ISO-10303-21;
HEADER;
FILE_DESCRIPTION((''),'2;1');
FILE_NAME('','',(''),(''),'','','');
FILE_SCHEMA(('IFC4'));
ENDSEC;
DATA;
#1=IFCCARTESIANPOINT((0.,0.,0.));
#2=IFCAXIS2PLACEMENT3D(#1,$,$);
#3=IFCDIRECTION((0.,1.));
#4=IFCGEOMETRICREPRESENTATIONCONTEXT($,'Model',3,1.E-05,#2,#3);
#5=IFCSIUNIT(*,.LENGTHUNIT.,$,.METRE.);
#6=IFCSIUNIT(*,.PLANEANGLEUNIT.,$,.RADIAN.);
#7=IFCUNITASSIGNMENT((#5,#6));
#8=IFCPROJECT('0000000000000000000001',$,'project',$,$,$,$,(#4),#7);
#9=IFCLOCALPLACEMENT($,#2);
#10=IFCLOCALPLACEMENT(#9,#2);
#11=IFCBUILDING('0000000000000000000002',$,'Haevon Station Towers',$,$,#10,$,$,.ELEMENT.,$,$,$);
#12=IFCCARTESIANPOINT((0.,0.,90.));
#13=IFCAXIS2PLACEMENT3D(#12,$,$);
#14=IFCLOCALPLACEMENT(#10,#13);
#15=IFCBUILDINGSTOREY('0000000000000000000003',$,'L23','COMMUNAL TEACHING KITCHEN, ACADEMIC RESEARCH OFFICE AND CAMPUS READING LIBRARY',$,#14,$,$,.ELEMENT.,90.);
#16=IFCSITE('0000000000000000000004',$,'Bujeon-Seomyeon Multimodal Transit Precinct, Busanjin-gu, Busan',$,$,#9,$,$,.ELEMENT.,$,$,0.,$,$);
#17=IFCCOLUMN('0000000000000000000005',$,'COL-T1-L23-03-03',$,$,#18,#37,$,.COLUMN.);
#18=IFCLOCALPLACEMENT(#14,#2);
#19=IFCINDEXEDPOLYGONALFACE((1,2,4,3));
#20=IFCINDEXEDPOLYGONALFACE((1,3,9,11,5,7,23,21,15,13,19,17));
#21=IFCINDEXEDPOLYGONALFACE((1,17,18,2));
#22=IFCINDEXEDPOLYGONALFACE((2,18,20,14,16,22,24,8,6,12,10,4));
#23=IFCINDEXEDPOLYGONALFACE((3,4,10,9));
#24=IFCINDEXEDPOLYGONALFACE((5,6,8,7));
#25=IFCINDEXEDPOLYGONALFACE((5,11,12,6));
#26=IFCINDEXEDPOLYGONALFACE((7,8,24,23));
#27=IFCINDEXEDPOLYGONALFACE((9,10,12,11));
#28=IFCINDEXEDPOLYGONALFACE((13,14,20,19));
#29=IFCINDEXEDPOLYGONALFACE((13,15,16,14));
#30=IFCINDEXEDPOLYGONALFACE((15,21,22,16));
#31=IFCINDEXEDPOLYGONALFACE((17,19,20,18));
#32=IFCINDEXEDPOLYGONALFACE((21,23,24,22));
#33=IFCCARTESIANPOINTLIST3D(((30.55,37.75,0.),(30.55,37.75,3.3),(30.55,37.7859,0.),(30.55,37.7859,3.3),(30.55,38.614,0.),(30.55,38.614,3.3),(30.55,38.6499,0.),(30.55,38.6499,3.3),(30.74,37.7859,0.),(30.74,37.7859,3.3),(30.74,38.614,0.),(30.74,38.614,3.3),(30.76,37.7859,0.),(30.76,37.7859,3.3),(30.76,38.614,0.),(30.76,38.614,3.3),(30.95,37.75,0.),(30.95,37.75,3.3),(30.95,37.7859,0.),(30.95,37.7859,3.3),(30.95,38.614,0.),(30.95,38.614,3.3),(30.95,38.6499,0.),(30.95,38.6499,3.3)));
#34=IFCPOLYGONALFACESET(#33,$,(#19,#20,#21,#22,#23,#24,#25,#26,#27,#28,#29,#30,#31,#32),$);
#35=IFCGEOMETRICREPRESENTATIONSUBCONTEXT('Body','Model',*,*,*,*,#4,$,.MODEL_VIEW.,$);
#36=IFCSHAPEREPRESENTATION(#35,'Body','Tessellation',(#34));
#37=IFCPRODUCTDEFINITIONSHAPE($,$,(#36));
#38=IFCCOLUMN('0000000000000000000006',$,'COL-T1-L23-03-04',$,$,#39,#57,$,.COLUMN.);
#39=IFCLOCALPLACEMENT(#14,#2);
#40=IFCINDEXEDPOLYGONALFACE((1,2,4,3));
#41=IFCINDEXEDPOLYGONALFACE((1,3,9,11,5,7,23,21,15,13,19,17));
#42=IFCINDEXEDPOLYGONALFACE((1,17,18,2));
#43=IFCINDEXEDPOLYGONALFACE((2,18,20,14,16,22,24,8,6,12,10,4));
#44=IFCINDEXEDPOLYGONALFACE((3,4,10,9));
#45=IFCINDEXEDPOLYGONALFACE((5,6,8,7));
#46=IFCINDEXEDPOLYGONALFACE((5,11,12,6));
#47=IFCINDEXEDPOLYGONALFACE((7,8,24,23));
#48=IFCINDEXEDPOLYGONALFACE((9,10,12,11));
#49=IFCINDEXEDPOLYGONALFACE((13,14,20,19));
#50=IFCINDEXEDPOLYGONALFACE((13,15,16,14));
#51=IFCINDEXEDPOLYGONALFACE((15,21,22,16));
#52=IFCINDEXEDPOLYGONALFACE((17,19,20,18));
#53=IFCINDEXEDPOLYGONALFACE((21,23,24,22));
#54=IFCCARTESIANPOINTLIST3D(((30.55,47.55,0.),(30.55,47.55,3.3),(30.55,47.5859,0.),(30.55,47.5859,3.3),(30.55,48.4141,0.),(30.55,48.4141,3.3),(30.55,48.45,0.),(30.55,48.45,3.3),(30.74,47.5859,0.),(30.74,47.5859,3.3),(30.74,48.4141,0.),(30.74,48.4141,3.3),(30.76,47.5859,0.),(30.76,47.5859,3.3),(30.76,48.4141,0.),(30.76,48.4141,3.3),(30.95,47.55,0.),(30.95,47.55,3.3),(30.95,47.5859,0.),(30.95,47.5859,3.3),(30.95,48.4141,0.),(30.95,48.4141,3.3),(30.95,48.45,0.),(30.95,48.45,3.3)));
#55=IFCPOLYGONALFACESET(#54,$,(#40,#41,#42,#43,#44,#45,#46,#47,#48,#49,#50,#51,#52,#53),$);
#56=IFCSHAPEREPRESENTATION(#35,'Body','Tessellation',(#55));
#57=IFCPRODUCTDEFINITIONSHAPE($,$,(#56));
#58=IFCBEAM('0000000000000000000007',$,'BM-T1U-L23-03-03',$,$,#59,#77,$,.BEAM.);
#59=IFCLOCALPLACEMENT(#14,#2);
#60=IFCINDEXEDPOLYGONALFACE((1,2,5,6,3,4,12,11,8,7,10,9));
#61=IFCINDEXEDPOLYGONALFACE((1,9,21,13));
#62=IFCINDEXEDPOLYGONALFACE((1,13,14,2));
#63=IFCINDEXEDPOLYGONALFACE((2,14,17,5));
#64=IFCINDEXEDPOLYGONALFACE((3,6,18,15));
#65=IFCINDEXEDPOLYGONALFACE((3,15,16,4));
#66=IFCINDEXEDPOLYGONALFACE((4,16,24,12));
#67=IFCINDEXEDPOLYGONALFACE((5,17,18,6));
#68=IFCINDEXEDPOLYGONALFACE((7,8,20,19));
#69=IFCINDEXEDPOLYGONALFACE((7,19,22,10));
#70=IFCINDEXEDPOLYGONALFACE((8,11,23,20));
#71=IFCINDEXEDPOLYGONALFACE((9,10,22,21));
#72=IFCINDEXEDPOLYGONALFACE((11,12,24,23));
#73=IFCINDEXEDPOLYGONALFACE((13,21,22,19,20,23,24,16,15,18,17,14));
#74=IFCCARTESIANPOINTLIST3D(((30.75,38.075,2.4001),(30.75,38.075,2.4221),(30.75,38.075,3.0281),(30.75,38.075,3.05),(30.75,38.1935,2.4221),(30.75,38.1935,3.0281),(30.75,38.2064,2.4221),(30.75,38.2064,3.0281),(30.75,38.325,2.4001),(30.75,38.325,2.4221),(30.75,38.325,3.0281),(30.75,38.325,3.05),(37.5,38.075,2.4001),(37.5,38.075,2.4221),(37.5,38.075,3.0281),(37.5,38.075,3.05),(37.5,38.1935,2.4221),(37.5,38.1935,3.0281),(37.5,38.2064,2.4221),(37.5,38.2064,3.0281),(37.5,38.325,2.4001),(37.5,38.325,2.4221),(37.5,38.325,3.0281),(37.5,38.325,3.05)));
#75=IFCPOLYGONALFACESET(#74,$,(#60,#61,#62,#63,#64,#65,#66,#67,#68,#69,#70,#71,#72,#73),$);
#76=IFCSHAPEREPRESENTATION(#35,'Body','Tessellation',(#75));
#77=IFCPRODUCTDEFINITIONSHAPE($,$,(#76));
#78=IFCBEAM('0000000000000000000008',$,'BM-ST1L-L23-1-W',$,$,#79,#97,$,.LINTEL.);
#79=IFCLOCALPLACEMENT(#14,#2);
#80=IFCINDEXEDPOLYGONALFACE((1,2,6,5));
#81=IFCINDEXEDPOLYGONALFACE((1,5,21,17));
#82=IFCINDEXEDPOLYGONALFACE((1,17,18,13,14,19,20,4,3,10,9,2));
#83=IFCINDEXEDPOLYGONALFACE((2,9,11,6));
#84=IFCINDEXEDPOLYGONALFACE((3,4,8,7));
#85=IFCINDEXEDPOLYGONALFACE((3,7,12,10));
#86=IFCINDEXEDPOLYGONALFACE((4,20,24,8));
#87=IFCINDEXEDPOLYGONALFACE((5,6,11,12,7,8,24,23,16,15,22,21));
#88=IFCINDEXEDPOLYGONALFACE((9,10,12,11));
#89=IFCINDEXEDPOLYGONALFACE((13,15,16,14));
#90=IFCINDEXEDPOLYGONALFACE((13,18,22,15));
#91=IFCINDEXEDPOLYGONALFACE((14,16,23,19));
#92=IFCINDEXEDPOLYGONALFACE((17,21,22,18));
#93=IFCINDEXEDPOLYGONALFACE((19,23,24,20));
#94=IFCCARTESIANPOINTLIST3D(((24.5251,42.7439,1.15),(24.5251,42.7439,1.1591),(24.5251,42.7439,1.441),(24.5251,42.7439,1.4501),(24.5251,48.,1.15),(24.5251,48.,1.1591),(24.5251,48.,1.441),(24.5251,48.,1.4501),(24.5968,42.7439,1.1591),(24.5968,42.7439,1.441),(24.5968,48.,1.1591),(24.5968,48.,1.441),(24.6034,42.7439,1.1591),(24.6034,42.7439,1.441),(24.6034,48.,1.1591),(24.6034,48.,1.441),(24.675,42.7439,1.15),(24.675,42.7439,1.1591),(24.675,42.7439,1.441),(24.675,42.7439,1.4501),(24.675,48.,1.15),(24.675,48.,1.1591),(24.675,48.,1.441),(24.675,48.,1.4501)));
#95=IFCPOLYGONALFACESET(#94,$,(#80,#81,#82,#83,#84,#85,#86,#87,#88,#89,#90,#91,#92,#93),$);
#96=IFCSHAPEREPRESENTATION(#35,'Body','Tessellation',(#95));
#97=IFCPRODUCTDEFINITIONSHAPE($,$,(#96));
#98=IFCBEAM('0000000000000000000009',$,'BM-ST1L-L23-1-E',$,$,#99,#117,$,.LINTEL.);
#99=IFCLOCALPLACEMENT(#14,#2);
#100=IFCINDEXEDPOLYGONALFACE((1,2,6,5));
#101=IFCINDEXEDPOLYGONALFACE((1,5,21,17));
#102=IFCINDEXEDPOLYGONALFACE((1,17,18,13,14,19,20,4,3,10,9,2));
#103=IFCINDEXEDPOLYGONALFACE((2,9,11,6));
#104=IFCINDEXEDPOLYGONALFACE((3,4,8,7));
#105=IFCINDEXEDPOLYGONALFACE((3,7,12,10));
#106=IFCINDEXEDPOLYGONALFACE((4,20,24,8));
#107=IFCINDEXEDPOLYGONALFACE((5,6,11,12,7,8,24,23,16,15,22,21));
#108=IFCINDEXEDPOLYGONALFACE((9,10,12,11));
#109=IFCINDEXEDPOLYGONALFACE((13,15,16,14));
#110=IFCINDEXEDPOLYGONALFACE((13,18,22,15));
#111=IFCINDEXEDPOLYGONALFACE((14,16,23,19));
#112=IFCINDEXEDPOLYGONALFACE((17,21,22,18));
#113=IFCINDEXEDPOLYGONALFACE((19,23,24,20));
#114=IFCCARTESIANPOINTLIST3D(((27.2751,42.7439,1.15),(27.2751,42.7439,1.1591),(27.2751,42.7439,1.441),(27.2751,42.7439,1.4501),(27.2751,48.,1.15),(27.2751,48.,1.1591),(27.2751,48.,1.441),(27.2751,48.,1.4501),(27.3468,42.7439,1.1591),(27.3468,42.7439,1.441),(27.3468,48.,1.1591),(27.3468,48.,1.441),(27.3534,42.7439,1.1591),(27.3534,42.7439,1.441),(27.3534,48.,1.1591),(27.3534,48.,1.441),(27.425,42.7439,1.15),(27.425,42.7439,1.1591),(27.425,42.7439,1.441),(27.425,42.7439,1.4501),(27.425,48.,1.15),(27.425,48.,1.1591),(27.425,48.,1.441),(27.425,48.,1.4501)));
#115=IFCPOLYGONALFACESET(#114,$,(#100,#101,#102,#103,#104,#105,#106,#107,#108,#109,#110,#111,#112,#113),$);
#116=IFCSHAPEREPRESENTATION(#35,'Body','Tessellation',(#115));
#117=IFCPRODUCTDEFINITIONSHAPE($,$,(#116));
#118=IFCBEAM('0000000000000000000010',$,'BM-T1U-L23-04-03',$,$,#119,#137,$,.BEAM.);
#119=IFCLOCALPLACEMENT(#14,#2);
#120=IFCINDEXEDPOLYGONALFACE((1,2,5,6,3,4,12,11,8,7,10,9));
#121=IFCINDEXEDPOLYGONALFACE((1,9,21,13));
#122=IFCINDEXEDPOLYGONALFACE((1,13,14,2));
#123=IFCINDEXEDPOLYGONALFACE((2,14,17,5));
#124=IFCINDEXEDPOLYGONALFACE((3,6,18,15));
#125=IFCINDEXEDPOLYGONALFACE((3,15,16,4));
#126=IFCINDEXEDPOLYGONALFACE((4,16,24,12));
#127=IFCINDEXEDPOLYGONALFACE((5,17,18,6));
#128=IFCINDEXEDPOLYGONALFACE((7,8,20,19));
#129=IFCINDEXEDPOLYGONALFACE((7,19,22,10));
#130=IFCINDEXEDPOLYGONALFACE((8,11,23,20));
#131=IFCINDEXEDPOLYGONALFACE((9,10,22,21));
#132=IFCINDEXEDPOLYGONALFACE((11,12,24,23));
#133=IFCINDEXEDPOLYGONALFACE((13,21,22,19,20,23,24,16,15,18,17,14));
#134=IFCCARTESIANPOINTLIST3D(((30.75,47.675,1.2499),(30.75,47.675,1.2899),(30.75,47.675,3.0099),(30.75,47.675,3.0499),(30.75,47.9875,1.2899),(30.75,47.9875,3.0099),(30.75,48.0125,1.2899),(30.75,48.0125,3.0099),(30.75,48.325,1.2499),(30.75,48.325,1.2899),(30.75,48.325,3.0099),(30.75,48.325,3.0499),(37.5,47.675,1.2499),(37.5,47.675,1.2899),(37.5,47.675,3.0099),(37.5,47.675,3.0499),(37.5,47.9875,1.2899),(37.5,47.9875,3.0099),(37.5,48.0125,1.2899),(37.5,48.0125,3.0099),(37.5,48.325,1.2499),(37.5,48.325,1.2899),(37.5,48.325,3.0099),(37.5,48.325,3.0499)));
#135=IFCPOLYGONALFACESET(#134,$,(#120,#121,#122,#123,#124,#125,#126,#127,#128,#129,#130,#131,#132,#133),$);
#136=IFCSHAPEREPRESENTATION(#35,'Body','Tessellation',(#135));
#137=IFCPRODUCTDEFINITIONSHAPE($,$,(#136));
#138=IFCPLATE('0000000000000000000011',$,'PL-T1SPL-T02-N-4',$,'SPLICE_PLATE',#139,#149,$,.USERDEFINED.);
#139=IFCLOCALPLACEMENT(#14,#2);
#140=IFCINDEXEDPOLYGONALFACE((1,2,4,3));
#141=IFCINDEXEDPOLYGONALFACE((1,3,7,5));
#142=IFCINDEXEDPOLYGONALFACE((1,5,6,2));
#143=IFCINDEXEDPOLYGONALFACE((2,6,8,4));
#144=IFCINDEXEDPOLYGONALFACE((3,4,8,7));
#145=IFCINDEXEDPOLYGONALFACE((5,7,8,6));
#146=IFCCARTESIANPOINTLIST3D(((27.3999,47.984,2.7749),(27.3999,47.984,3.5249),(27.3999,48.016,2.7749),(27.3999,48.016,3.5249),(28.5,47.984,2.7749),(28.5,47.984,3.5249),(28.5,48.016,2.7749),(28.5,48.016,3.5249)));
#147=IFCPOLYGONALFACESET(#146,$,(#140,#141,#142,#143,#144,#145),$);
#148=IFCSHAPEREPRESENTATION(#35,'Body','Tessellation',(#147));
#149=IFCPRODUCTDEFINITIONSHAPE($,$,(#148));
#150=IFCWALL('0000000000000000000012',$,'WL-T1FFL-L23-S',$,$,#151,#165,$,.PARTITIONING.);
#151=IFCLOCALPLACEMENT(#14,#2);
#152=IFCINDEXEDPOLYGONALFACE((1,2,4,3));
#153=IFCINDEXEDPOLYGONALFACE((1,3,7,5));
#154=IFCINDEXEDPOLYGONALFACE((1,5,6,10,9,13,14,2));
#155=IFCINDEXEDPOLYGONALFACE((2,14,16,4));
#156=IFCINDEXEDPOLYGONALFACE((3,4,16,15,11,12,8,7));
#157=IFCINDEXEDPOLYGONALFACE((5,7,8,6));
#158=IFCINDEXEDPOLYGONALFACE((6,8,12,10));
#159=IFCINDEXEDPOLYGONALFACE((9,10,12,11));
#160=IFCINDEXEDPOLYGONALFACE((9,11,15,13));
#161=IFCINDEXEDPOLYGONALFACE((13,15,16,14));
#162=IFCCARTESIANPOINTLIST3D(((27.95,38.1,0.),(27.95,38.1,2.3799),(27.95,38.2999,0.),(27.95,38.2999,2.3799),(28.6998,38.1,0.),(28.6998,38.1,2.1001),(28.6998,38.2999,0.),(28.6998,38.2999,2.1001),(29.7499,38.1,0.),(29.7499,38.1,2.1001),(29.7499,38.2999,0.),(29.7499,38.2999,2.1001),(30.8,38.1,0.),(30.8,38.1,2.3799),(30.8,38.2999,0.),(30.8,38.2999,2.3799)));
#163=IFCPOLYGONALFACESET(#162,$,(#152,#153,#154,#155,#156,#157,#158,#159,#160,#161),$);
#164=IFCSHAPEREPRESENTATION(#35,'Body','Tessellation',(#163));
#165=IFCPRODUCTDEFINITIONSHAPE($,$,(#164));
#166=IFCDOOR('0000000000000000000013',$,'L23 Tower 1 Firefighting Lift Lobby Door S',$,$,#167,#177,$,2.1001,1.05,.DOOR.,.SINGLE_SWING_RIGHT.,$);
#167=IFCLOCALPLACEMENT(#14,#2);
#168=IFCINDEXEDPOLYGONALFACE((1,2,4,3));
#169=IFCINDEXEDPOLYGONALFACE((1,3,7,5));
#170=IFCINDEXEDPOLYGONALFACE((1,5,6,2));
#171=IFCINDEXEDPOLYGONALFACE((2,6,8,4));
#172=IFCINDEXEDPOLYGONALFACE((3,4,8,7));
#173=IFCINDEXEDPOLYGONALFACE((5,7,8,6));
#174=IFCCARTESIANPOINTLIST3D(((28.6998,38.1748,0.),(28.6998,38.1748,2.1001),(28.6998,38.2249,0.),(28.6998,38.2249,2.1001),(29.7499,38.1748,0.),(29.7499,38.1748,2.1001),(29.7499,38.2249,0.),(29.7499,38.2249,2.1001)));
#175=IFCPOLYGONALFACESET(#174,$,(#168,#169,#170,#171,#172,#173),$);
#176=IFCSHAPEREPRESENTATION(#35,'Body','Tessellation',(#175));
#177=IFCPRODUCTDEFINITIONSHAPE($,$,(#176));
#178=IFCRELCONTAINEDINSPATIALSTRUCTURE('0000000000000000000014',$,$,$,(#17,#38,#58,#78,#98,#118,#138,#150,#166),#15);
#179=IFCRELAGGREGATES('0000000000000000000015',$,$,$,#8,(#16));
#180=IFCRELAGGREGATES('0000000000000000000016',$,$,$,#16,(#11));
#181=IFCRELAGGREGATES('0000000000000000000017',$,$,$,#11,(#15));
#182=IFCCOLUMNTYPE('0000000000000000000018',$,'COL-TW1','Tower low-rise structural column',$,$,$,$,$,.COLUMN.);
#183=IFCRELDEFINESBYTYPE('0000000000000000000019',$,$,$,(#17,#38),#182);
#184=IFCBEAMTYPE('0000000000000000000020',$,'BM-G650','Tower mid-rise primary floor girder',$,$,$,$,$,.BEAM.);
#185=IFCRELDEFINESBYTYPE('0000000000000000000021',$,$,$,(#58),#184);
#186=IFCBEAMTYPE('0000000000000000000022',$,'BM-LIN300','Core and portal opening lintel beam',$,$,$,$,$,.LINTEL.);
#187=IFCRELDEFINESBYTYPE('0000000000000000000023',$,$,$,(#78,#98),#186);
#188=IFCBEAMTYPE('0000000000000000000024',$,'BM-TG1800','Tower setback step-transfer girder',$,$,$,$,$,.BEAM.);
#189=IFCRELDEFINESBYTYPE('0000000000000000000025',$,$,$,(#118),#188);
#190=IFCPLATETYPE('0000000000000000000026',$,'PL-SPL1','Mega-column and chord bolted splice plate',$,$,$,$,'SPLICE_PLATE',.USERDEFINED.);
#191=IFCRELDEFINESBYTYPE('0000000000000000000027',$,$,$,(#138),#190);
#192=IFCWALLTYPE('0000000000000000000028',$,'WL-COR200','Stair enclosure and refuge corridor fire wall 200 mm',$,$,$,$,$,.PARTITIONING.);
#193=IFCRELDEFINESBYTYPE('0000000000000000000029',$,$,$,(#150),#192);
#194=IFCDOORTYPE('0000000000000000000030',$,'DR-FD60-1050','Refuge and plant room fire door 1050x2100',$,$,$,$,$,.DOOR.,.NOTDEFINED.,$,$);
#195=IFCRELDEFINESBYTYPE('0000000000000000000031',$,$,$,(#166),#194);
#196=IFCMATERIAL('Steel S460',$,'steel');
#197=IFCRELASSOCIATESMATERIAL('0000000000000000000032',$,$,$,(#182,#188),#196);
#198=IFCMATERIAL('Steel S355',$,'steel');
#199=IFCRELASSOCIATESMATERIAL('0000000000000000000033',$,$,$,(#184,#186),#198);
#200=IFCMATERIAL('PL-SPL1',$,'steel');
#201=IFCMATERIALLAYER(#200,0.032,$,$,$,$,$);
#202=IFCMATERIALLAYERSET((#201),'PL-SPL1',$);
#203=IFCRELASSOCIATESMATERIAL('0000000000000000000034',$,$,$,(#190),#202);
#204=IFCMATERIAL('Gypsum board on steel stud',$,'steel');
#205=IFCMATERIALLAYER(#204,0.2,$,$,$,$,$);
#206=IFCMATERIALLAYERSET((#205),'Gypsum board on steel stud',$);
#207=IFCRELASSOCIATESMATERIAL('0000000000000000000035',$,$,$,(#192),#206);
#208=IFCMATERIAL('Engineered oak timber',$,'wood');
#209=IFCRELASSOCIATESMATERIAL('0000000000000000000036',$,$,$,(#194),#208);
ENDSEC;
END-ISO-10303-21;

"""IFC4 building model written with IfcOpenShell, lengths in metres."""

from ifc_helpers import new_model, si_unit, direction, frame, frame_2d, origin, origin_2d, place, context, subcontext, project, spatial, rectangle, i_section, extrude, material, layer, layer_set, material_profile, profile_set, type_object, element, fill, save


model = new_model("IFC4")

# Units and contexts
model_context = context("Model", 3, precision=1e-05, world=origin(), true_north=direction((0.0, 1.0)))
body_context = subcontext(model_context, "Body", "Model", "MODEL_VIEW")
ifc_project = project(units=[si_unit("LENGTHUNIT", "METRE"), si_unit("PLANEANGLEUNIT", "RADIAN")], contexts=[model_context])

# Site, building, storey
site_placement = place(None, origin())
site = spatial("IfcSite", under=ifc_project, at=site_placement, Name="Bujeon-Seomyeon Multimodal Transit Precinct, Busanjin-gu, Busan", CompositionType="ELEMENT", RefElevation=0.0)
building_placement = place(site_placement, origin())
building = spatial("IfcBuilding", under=site, at=building_placement, Name="Haevon Station Towers", CompositionType="ELEMENT")
storey_placement = place(building_placement, frame((0.0, 0.0, 90.0)))
storey = spatial("IfcBuildingStorey", under=building, at=storey_placement, Name="L23", Description="COMMUNAL TEACHING KITCHEN, ACADEMIC RESEARCH OFFICE AND CAMPUS READING LIBRARY", CompositionType="ELEMENT", Elevation=90.0)

# Columns
ifc_material_1 = material(Name="Steel S460", Category="steel")
ifc_material_profile_1 = material_profile(ifc_material_1, i_section(OverallWidth=0.3999, OverallDepth=0.8999, WebThickness=0.02, FlangeThickness=0.0359, at=origin_2d()), Name="H-900x400x20x36")
ifc_profile_set_1 = profile_set([ifc_material_profile_1], Name="Steel S460")
column_type = type_object("IfcColumnType", Name="COL-TW1", Description="Tower low-rise structural column", PredefinedType="COLUMN", material=ifc_profile_set_1)
for number, where, z_axis, x_axis, name in (
    (1, (30.75, 38.2, 0.0), (0.0, 0.0, 1.0), (1.0, 0.0, 0.0), "COL-T1-L23-03-03"),
    (2, (30.75, 48.0, 0.0), (0.0, 0.0, 1.0), (1.0, 0.0, 0.0), "COL-T1-L23-03-04"),
):
    element("IfcColumn", number, at=place(storey_placement, frame(where, z_axis=z_axis, x_axis=x_axis)), inside=storey, type_object=column_type, Name=name, PredefinedType="COLUMN", context=body_context, shape_type="SweptSolid", body=[
        extrude(i_section(OverallWidth=0.3999, OverallDepth=0.8999, WebThickness=0.02, FlangeThickness=0.0359, at=origin_2d()), origin(), (0.0, 0.0, 1.0), 3.3),
    ])

# Beams
ifc_material_2 = material(Name="Steel S355", Category="steel")
ifc_material_profile_2 = material_profile(ifc_material_2, i_section(OverallWidth=0.25, OverallDepth=0.6499, WebThickness=0.0129, FlangeThickness=0.022, at=origin_2d()), Name="H-650x250x13x22")
ifc_profile_set_2 = profile_set([ifc_material_profile_2], Name="Steel S355")
beam_type_1 = type_object("IfcBeamType", Name="BM-G650", Description="Tower mid-rise primary floor girder", PredefinedType="BEAM", material=ifc_profile_set_2)
beam_1_placement = place(storey_placement, frame((30.75, 38.2, 2.7251), z_axis=(1.0, 0.0, 0.0), x_axis=(0.0, 1.0, 0.0)))
element("IfcBeam", 3, at=beam_1_placement, inside=storey, type_object=beam_type_1, Name="BM-T1U-L23-03-03", PredefinedType="BEAM", context=body_context, shape_type="SweptSolid", body=[
    extrude(i_section(OverallWidth=0.25, OverallDepth=0.6499, WebThickness=0.0129, FlangeThickness=0.022, at=origin_2d()), origin(), (0.0, 0.0, 1.0), 6.75),
])
ifc_material_profile_3 = material_profile(ifc_material_2, i_section(OverallWidth=0.1499, OverallDepth=0.3, WebThickness=0.0066, FlangeThickness=0.009, at=origin_2d()), Name="H-300x150x6.5x9")
ifc_profile_set_3 = profile_set([ifc_material_profile_3], Name="Steel S355")
beam_type_2 = type_object("IfcBeamType", Name="BM-LIN300", Description="Core and portal opening lintel beam", PredefinedType="LINTEL", material=ifc_profile_set_3)
for number, where, z_axis, x_axis, name in (
    (4, (24.6001, 42.7439, 1.3), (0.0, 1.0, 0.0), (-1.0, 0.0, 0.0), "BM-ST1L-L23-1-W"),
    (5, (27.3501, 42.7439, 1.3), (0.0, 1.0, 0.0), (-1.0, 0.0, 0.0), "BM-ST1L-L23-1-E"),
):
    element("IfcBeam", number, at=place(storey_placement, frame(where, z_axis=z_axis, x_axis=x_axis)), inside=storey, type_object=beam_type_2, Name=name, PredefinedType="LINTEL", context=body_context, shape_type="SweptSolid", body=[
        extrude(i_section(OverallWidth=0.1499, OverallDepth=0.3, WebThickness=0.0066, FlangeThickness=0.009, at=origin_2d()), origin(), (0.0, 0.0, 1.0), 5.2561),
    ])
ifc_material_profile_4 = material_profile(ifc_material_1, i_section(OverallWidth=0.6499, OverallDepth=1.8, WebThickness=0.0249, FlangeThickness=0.04, at=origin_2d()), Name="H-1800x650x25x40")
ifc_profile_set_4 = profile_set([ifc_material_profile_4], Name="Steel S460")
beam_type_3 = type_object("IfcBeamType", Name="BM-TG1800", Description="Tower setback step-transfer girder", PredefinedType="BEAM", material=ifc_profile_set_4)
beam_2_placement = place(storey_placement, frame((30.75, 48.0, 2.1499), z_axis=(1.0, 0.0, 0.0), x_axis=(0.0, 1.0, 0.0)))
element("IfcBeam", 6, at=beam_2_placement, inside=storey, type_object=beam_type_3, Name="BM-T1U-L23-04-03", PredefinedType="BEAM", context=body_context, shape_type="SweptSolid", body=[
    extrude(i_section(OverallWidth=0.6499, OverallDepth=1.8, WebThickness=0.0249, FlangeThickness=0.04, at=origin_2d()), origin(), (0.0, 0.0, 1.0), 6.75),
])

# Plate
ifc_material_3 = material(Name="PL-SPL1", Category="steel")
ifc_layer_1 = layer(ifc_material_3, 0.032)
ifc_layer_set_1 = layer_set([ifc_layer_1], Name="PL-SPL1")
plate_type = type_object("IfcPlateType", Name="PL-SPL1", Description="Mega-column and chord bolted splice plate", ElementType="SPLICE_PLATE", PredefinedType="USERDEFINED", material=ifc_layer_set_1)
plate_placement = place(storey_placement, frame((27.95, 48.0, 2.7749), z_axis=(0.0, 0.0, 1.0), x_axis=(1.0, 0.0, 0.0)))
element("IfcPlate", 7, at=plate_placement, inside=storey, type_object=plate_type, Name="PL-T1SPL-T02-N-4", ObjectType="SPLICE_PLATE", PredefinedType="USERDEFINED", context=body_context, shape_type="SweptSolid", body=[
    extrude(rectangle(XDim=1.1001, YDim=0.032, at=origin_2d()), origin(), (0.0, 0.0, 1.0), 0.75),
])

# Wall, opening, door
ifc_material_4 = material(Name="Gypsum board on steel stud", Category="steel")
ifc_layer_2 = layer(ifc_material_4, 0.2)
ifc_layer_set_2 = layer_set([ifc_layer_2], Name="Gypsum board on steel stud")
wall_type_1 = type_object("IfcWallType", Name="WL-COR200", Description="Stair enclosure and refuge corridor fire wall 200 mm", PredefinedType="PARTITIONING", material=ifc_layer_set_2)
wall_1_placement = place(storey_placement, frame((27.95, 38.2, 0.0), z_axis=(0.0, 0.0, 1.0), x_axis=(1.0, 0.0, 0.0)))
wall_1 = element("IfcWall", 8, at=wall_1_placement, inside=storey, type_object=wall_type_1, Name="WL-T1FFL-L23-S", PredefinedType="PARTITIONING", context=body_context, shape_type="SweptSolid", body=[
    extrude(rectangle(XDim=2.8501, YDim=0.2, at=frame_2d((1.425, 0.0))), origin(), (0.0, 0.0, 1.0), 2.3799),
])
opening_1_placement = place(wall_1_placement, frame((0.75, 0.0, 0.0)))
opening_1 = element("IfcOpeningElement", 9, at=opening_1_placement, cuts=wall_1, PredefinedType="OPENING", context=body_context, shape_type="SweptSolid", body=[
    extrude(rectangle(XDim=1.05, YDim=2.1001, at=frame_2d((0.5249, 1.05))), frame((0.0, 0.1099, 0.0), z_axis=(0.0, -1.0, 0.0), x_axis=(1.0, 0.0, 0.0)), (0.0, 0.0, 1.0), 0.22),
])
ifc_material_5 = material(Name="Engineered oak timber", Category="wood")
door_type_1 = type_object("IfcDoorType", Name="DR-FD60-1050", Description="Refuge and plant room fire door 1050x2100", OperationType="NOTDEFINED", PredefinedType="DOOR", material=ifc_material_5)
door_1_placement = place(opening_1_placement, origin())
door_1 = element("IfcDoor", 10, at=door_1_placement, inside=storey, type_object=door_type_1, Name="L23 Tower 1 Firefighting Lift Lobby Door S", OperationType="SINGLE_SWING_RIGHT", OverallHeight=2.1001, OverallWidth=1.05, PredefinedType="DOOR", context=body_context, shape_type="SweptSolid", body=[
    extrude(rectangle(XDim=1.05, YDim=2.1001, at=frame_2d((0.5249, 1.05))), frame((0.0, 0.0249, 0.0), z_axis=(0.0, -1.0, 0.0), x_axis=(1.0, 0.0, 0.0)), (0.0, 0.0, 1.0), 0.05),
])
fill(opening_1, door_1)

save(model, "model.ifc")
